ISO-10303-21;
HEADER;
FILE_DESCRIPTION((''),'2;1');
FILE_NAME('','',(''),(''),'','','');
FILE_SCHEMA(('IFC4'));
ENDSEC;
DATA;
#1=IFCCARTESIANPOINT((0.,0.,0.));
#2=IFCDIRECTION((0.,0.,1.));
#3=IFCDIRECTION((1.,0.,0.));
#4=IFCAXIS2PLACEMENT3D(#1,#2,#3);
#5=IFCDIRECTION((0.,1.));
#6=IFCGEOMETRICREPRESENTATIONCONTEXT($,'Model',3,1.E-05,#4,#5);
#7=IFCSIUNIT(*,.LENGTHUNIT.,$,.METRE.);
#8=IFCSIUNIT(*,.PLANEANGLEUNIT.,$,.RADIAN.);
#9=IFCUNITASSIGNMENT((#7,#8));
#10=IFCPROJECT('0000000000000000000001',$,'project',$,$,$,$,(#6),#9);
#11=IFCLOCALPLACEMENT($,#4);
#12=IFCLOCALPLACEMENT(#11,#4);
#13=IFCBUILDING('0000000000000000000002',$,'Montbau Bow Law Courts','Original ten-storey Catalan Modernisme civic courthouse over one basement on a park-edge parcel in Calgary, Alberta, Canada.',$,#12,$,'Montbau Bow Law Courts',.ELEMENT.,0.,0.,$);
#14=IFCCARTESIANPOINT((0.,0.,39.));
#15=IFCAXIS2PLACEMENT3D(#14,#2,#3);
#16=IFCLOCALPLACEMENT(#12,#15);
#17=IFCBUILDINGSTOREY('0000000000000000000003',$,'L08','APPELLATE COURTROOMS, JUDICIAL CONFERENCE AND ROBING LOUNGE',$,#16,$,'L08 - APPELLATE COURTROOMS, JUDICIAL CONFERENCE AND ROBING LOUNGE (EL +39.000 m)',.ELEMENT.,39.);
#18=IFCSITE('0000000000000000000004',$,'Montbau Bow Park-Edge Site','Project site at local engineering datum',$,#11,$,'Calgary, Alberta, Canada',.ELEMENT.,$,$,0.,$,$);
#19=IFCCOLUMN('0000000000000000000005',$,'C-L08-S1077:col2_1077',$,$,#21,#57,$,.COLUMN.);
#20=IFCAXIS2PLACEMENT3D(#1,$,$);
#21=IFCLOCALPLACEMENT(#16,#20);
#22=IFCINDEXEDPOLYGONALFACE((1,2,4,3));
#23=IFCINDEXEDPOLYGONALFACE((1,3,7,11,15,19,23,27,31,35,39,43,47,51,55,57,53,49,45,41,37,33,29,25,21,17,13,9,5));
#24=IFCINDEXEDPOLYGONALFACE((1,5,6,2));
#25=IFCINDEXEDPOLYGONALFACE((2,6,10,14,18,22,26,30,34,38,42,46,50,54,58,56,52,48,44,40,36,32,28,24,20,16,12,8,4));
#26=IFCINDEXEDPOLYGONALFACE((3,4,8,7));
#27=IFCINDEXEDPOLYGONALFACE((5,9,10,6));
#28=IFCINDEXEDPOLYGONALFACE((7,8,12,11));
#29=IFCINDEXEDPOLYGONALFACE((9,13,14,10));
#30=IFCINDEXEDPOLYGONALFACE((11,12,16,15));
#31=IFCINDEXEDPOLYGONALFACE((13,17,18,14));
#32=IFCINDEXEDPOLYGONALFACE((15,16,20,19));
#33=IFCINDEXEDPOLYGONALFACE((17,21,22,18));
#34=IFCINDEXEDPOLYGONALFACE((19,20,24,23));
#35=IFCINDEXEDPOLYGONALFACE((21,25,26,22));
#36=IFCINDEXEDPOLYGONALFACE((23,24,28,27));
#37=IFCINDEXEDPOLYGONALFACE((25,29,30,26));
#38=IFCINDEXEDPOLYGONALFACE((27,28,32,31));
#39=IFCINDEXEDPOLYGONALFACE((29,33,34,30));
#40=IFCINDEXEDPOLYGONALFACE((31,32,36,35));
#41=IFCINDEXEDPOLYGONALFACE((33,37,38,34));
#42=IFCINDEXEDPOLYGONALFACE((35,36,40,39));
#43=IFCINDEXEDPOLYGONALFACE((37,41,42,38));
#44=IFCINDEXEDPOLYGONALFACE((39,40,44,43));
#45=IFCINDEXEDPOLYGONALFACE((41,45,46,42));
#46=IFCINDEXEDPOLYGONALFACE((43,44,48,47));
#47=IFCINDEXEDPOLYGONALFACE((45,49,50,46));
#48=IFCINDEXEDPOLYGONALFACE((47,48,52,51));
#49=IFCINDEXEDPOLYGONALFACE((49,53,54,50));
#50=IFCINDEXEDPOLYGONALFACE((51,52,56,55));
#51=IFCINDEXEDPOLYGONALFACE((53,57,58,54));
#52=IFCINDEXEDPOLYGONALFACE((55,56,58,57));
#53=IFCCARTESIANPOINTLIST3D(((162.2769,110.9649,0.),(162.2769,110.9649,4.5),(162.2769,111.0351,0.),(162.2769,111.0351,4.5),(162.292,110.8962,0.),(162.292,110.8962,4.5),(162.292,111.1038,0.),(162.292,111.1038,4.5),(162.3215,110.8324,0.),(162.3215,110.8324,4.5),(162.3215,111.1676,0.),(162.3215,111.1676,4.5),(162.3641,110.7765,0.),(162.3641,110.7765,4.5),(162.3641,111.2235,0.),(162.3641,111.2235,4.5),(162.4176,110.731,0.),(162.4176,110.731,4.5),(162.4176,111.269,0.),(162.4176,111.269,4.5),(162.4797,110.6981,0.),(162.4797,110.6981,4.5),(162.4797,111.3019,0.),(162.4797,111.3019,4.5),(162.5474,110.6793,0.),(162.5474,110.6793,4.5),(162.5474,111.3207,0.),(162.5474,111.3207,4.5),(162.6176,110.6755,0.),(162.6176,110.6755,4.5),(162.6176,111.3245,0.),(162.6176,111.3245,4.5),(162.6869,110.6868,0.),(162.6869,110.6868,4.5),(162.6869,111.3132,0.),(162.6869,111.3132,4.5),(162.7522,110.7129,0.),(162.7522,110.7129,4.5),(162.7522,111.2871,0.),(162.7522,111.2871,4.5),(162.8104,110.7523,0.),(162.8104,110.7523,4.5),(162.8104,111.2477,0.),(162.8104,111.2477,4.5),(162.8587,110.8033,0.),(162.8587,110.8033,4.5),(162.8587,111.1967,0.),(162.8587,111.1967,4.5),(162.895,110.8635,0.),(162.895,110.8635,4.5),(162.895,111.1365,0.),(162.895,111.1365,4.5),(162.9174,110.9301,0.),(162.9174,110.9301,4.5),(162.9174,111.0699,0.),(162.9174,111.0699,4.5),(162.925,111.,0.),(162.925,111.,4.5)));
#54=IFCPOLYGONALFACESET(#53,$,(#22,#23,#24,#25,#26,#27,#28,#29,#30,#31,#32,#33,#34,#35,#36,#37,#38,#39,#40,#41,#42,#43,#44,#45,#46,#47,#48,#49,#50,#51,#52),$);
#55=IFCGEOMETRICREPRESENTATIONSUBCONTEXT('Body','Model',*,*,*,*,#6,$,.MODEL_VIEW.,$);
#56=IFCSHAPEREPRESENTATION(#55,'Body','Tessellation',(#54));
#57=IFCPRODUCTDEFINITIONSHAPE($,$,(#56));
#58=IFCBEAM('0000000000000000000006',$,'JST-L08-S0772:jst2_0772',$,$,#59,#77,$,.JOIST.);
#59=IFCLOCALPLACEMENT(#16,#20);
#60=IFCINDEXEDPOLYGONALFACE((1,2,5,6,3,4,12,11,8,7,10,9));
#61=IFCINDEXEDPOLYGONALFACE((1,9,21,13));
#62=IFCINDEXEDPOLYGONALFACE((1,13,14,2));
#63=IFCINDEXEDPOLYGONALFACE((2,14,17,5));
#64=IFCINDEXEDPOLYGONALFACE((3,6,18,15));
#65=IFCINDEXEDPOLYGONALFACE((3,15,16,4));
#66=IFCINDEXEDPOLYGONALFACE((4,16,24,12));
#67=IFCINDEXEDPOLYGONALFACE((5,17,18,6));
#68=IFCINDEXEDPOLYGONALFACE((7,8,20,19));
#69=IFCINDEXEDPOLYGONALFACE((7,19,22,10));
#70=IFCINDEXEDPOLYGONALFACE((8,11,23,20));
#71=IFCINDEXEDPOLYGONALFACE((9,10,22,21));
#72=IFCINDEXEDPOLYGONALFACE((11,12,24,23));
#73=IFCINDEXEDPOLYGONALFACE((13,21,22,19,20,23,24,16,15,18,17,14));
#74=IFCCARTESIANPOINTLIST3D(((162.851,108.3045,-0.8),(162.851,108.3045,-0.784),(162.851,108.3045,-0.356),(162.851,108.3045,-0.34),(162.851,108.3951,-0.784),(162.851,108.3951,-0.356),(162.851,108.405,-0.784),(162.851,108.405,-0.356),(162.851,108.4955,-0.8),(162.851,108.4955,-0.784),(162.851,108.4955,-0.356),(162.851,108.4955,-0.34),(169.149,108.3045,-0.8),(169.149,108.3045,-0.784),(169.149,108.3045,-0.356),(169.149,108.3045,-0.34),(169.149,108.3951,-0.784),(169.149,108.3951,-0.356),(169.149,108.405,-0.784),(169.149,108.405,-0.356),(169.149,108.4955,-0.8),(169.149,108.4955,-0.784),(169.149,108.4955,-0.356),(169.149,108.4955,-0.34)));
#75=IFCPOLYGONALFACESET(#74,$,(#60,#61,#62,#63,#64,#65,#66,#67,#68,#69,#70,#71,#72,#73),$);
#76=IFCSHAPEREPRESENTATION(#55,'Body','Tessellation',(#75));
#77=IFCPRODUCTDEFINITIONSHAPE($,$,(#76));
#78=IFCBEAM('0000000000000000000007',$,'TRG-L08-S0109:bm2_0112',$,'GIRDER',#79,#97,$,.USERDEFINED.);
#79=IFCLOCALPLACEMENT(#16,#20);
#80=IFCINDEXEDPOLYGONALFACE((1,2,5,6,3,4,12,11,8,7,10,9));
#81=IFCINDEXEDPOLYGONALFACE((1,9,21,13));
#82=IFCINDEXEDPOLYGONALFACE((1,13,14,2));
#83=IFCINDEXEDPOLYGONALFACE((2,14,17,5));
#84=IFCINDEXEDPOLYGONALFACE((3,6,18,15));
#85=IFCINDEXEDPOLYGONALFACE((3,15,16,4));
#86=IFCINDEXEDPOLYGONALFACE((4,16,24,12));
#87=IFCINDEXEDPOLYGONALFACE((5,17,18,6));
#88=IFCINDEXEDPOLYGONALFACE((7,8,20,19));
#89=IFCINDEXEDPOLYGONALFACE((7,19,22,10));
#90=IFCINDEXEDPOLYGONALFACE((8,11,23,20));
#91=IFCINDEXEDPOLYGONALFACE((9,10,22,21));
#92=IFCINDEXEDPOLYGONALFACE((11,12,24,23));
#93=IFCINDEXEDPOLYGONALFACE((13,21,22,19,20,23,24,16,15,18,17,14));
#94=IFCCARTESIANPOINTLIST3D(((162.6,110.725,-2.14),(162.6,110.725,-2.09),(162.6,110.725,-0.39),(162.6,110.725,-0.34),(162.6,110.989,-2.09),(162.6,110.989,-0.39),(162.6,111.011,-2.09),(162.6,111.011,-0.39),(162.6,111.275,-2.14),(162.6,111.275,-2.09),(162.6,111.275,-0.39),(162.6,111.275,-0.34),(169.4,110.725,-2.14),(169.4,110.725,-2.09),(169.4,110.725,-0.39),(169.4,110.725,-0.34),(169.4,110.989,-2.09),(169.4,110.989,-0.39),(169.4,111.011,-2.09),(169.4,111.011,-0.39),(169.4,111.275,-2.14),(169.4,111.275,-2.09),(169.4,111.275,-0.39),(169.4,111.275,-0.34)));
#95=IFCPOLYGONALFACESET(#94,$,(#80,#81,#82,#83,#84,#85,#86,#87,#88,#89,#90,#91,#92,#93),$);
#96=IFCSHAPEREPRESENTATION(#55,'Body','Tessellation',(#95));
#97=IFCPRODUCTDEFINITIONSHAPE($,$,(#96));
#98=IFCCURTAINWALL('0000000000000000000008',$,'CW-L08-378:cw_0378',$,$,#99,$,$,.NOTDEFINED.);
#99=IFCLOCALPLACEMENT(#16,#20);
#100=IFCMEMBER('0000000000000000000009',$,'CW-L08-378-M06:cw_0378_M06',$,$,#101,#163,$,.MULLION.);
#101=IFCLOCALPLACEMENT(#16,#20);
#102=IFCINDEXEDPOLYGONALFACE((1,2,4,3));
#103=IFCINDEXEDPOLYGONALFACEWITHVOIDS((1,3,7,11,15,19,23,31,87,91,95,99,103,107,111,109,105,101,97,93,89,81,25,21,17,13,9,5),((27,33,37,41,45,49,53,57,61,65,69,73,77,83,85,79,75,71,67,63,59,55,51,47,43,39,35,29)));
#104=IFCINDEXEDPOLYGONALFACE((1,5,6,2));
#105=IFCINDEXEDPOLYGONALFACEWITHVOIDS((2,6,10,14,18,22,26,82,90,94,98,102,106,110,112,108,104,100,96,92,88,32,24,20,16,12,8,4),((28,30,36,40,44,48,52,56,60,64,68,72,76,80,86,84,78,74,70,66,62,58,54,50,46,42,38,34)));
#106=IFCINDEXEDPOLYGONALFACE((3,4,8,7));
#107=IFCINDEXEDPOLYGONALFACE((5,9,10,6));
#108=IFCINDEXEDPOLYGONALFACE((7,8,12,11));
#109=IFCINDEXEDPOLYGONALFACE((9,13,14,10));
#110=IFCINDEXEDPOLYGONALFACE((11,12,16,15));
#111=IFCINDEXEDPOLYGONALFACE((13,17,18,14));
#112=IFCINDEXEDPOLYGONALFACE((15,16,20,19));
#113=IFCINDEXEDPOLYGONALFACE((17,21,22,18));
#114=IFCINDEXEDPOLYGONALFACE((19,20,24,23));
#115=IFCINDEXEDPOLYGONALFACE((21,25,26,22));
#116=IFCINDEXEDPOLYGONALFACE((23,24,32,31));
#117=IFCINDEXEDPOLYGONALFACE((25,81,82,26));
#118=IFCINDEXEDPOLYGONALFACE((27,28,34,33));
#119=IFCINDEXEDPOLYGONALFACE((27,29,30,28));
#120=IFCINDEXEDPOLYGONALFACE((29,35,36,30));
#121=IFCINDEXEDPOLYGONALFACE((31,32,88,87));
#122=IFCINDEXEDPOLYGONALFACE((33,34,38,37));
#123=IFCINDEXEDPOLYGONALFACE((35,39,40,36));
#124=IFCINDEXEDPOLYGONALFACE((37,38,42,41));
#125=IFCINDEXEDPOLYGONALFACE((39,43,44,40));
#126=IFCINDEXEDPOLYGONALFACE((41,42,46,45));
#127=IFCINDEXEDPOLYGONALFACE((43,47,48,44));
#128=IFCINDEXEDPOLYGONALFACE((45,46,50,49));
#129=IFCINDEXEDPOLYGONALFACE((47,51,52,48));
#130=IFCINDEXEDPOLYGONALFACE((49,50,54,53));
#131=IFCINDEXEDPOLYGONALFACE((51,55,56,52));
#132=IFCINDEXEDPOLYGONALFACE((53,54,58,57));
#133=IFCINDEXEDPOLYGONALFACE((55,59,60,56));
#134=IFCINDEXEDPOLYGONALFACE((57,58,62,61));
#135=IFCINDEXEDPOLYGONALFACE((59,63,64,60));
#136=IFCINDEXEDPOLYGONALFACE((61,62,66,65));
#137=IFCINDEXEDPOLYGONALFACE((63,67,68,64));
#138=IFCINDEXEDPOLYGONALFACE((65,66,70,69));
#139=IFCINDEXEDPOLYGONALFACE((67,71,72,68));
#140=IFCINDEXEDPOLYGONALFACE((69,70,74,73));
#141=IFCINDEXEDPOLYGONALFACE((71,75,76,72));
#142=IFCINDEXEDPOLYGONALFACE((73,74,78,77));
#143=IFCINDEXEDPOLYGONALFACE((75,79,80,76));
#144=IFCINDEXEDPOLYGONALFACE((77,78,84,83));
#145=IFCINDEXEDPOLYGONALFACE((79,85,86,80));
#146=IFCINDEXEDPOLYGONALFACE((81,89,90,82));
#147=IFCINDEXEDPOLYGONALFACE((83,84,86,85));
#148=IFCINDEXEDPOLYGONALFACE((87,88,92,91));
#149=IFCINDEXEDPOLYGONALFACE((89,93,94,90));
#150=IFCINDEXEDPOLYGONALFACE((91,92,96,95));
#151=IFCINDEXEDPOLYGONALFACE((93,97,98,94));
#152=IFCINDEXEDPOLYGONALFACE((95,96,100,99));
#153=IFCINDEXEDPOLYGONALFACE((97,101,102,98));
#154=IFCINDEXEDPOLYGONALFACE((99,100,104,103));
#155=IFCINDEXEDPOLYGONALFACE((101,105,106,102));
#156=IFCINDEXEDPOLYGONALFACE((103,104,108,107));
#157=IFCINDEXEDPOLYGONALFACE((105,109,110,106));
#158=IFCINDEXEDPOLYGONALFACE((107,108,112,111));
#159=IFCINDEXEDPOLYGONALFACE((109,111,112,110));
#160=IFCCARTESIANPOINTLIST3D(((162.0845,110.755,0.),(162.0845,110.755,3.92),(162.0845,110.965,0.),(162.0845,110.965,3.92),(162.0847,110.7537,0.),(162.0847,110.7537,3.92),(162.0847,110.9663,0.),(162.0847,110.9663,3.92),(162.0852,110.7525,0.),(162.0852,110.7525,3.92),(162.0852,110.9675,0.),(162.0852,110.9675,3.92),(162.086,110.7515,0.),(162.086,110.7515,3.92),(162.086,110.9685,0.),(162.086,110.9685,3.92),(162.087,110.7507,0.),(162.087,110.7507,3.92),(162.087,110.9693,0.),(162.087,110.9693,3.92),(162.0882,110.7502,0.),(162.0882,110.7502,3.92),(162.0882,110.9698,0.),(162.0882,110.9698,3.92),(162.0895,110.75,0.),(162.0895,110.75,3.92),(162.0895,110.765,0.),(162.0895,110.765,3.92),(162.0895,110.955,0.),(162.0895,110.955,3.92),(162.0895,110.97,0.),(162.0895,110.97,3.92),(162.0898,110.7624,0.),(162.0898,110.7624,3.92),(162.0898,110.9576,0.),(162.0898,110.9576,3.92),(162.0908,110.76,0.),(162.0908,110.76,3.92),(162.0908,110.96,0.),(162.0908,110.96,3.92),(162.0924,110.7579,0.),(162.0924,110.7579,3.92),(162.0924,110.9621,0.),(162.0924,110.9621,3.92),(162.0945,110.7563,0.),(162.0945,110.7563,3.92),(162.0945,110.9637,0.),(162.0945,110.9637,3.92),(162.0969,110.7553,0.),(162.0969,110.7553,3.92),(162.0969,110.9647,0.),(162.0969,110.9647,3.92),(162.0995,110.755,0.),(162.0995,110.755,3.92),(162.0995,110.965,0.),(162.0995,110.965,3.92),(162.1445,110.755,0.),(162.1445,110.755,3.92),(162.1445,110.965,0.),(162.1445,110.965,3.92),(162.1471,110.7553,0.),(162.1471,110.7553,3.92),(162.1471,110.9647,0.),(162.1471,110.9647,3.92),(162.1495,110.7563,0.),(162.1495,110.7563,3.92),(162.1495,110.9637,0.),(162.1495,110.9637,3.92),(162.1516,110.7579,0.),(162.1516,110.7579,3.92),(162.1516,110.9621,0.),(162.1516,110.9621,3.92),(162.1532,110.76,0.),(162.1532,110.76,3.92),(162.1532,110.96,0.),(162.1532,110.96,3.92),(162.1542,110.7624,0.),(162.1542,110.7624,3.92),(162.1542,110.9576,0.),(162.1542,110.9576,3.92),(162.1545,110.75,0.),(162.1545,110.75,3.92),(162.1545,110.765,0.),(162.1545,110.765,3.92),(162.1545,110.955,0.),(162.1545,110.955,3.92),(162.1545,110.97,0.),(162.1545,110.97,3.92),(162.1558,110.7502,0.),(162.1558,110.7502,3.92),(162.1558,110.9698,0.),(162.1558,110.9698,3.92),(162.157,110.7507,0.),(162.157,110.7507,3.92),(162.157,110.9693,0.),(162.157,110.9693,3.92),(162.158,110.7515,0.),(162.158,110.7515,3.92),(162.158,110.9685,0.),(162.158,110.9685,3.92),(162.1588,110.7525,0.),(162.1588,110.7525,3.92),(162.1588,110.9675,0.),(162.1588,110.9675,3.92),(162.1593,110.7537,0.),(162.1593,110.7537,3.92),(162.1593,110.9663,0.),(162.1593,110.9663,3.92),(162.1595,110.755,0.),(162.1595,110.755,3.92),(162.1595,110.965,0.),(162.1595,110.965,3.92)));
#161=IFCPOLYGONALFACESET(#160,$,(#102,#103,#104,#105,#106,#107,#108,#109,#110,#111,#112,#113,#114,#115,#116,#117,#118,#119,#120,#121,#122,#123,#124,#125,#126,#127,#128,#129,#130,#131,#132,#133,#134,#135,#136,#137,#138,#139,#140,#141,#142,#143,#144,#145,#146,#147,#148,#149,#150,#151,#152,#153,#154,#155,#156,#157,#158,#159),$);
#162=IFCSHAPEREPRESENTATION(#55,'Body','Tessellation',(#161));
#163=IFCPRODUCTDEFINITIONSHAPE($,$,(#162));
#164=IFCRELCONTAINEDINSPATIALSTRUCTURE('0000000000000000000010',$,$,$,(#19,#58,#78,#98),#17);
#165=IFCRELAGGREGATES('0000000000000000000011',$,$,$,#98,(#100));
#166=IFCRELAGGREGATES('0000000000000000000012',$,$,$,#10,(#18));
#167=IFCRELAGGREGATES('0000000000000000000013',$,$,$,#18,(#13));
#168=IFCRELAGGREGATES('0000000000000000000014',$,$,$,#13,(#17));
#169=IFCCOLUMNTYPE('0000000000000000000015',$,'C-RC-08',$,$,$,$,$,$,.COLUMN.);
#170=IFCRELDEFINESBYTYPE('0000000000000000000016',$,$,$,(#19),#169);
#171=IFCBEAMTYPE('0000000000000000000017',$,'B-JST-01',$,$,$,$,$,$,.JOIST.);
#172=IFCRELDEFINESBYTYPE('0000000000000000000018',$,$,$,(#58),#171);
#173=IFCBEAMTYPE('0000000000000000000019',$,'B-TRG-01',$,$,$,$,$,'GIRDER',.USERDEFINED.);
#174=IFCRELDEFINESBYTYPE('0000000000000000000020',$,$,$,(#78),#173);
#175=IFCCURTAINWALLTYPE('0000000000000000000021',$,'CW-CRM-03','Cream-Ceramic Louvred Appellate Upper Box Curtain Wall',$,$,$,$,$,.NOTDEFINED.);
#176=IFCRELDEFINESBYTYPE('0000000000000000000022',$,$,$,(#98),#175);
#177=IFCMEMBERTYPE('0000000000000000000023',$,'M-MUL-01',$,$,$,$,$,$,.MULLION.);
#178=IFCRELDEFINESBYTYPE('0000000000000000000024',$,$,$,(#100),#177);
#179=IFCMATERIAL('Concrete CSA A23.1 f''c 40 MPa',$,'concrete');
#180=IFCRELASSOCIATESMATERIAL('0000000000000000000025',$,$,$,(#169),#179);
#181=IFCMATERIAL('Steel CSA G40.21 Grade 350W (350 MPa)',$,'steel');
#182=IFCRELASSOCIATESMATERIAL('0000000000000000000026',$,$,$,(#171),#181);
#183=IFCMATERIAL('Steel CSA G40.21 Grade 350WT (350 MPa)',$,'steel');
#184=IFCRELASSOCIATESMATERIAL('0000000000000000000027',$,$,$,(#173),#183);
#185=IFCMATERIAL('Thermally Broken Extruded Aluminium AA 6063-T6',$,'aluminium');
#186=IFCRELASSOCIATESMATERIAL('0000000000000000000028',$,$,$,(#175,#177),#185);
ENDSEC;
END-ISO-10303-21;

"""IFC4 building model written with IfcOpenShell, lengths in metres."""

from ifc_helpers import new_model, si_unit, direction, frame, origin_with_axes, origin_2d_with_axis, place, context, subcontext, project, spatial, hollow_rectangle, circle, i_section, extrude, material, material_profile, profile_set, type_object, element, aggregate, save


model = new_model("IFC4")

# Units and contexts
model_context = context("Model", 3, precision=1e-05, world=origin_with_axes(), true_north=direction((0.0, 1.0)))
body_context = subcontext(model_context, "Body", "Model", "MODEL_VIEW")
ifc_project = project(units=[si_unit("LENGTHUNIT", "METRE"), si_unit("PLANEANGLEUNIT", "RADIAN")], contexts=[model_context])

# Site, building, storey
site_placement = place(None, origin_with_axes())
site = spatial("IfcSite", under=ifc_project, at=site_placement, Name="Montbau Bow Park-Edge Site", Description="Project site at local engineering datum", LongName="Calgary, Alberta, Canada", CompositionType="ELEMENT", RefElevation=0.0)
building_placement = place(site_placement, origin_with_axes())
building = spatial("IfcBuilding", under=site, at=building_placement, Name="Montbau Bow Law Courts", Description="Original ten-storey Catalan Modernisme civic courthouse over one basement on a park-edge parcel in Calgary, Alberta, Canada.", LongName="Montbau Bow Law Courts", CompositionType="ELEMENT", ElevationOfRefHeight=0.0, ElevationOfTerrain=0.0)
storey_placement = place(building_placement, frame((0.0, 0.0, 39.0), z_axis=(0.0, 0.0, 1.0), x_axis=(1.0, 0.0, 0.0)))
storey = spatial("IfcBuildingStorey", under=building, at=storey_placement, Name="L08", Description="APPELLATE COURTROOMS, JUDICIAL CONFERENCE AND ROBING LOUNGE", LongName="L08 - APPELLATE COURTROOMS, JUDICIAL CONFERENCE AND ROBING LOUNGE (EL +39.000 m)", CompositionType="ELEMENT", Elevation=39.0)

# Column
ifc_material_1 = material(Name="Concrete CSA A23.1 f'c 40 MPa", Category="concrete")
ifc_material_profile_1 = material_profile(ifc_material_1, circle(Radius=0.325, at=origin_2d_with_axis()), Name="RC650D", Category="Main", Priority=0)
ifc_profile_set_1 = profile_set([ifc_material_profile_1], Name="Concrete CSA A23.1 f'c 40 MPa")
column_type = type_object("IfcColumnType", Name="C-RC-08", PredefinedType="COLUMN", material=ifc_profile_set_1)
column_placement = place(None, frame((162.6, 111.0, 39.0), z_axis=(0.0, 0.0, 1.0), x_axis=(1.0, 0.0, 0.0)))
element("IfcColumn", 1, at=column_placement, inside=storey, type_object=column_type, Name="C-L08-S1077:col2_1077", PredefinedType="COLUMN", context=body_context, shape_type="SweptSolid", body=[
    extrude(circle(Radius=0.325, at=origin_2d_with_axis()), origin_with_axes(), (0.0, 0.0, 1.0), 4.5),
])

# Beams
ifc_material_2 = material(Name="Steel CSA G40.21 Grade 350W (350 MPa)", Category="steel")
ifc_material_profile_2 = material_profile(ifc_material_2, i_section(OverallWidth=0.191, OverallDepth=0.46, WebThickness=0.0099, FlangeThickness=0.016, at=origin_2d_with_axis()), Name="W460X82", Category="Main", Priority=0)
ifc_profile_set_2 = profile_set([ifc_material_profile_2], Name="Steel CSA G40.21 Grade 350W (350 MPa)")
beam_type_1 = type_object("IfcBeamType", Name="B-JST-01", PredefinedType="JOIST", material=ifc_profile_set_2)
beam_1_placement = place(None, frame((162.851, 108.4, 38.43), z_axis=(1.0, 0.0, 0.0), x_axis=(0.0, 1.0, 0.0)))
element("IfcBeam", 2, at=beam_1_placement, inside=storey, type_object=beam_type_1, Name="JST-L08-S0772:jst2_0772", PredefinedType="JOIST", context=body_context, shape_type="SweptSolid", body=[
    extrude(i_section(OverallWidth=0.191, OverallDepth=0.46, WebThickness=0.0099, FlangeThickness=0.016, at=origin_2d_with_axis()), origin_with_axes(), (0.0, 0.0, 1.0), 6.298),
])
ifc_material_3 = material(Name="Steel CSA G40.21 Grade 350WT (350 MPa)", Category="steel")
ifc_material_profile_3 = material_profile(ifc_material_3, i_section(OverallWidth=0.55, OverallDepth=1.8, WebThickness=0.022, FlangeThickness=0.05, at=origin_2d_with_axis()), Name="WWF1800X550", Category="Main", Priority=0)
ifc_profile_set_3 = profile_set([ifc_material_profile_3], Name="Steel CSA G40.21 Grade 350WT (350 MPa)")
beam_type_2 = type_object("IfcBeamType", Name="B-TRG-01", ElementType="GIRDER", PredefinedType="USERDEFINED", material=ifc_profile_set_3)
beam_2_placement = place(None, frame((162.6, 111.0, 37.76), z_axis=(1.0, 0.0, 0.0), x_axis=(0.0, 1.0, 0.0)))
element("IfcBeam", 3, at=beam_2_placement, inside=storey, type_object=beam_type_2, Name="TRG-L08-S0109:bm2_0112", ObjectType="GIRDER", PredefinedType="USERDEFINED", context=body_context, shape_type="SweptSolid", body=[
    extrude(i_section(OverallWidth=0.55, OverallDepth=1.8, WebThickness=0.022, FlangeThickness=0.05, at=origin_2d_with_axis()), origin_with_axes(), (0.0, 0.0, 1.0), 6.8),
])

# Curtain wall, member
ifc_material_4 = material(Name="Thermally Broken Extruded Aluminium AA 6063-T6", Category="aluminium")
curtain_wall_type = type_object("IfcCurtainWallType", Name="CW-CRM-03", Description="Cream-Ceramic Louvred Appellate Upper Box Curtain Wall", PredefinedType="NOTDEFINED", material=ifc_material_4)
curtain_wall_1_placement = place(None, frame((155.24, 110.86, 39.0), z_axis=(0.0, 0.0, 1.0), x_axis=(1.0, 0.0, 0.0)))
curtain_wall_1 = element("IfcCurtainWall", 4, at=curtain_wall_1_placement, inside=storey, type_object=curtain_wall_type, Name="CW-L08-378:cw_0378", PredefinedType="NOTDEFINED")
ifc_material_profile_4 = material_profile(ifc_material_4, hollow_rectangle(XDim=0.075, YDim=0.22, WallThickness=0.005, InnerFilletRadius=0.01, OuterFilletRadius=0.005, at=origin_2d_with_axis()), Name="CWM-220X75", Category="Main", Priority=0)
ifc_profile_set_4 = profile_set([ifc_material_profile_4], Name="Thermally Broken Extruded Aluminium AA 6063-T6")
member_type_1 = type_object("IfcMemberType", Name="M-MUL-01", PredefinedType="MULLION", material=ifc_profile_set_4)
member_1_placement = place(None, frame((162.122, 110.86, 39.0), z_axis=(0.0, 0.0, 1.0), x_axis=(1.0, 0.0, 0.0)))
member_1 = element("IfcMember", 5, at=member_1_placement, type_object=member_type_1, Name="CW-L08-378-M06:cw_0378_M06", PredefinedType="MULLION", context=body_context, shape_type="SweptSolid", body=[
    extrude(hollow_rectangle(XDim=0.075, YDim=0.22, WallThickness=0.005, InnerFilletRadius=0.01, OuterFilletRadius=0.005, at=origin_2d_with_axis()), origin_with_axes(), (0.0, 0.0, 1.0), 3.92),
])
aggregate(curtain_wall_1, [member_1])

save(model, "model.ifc")
